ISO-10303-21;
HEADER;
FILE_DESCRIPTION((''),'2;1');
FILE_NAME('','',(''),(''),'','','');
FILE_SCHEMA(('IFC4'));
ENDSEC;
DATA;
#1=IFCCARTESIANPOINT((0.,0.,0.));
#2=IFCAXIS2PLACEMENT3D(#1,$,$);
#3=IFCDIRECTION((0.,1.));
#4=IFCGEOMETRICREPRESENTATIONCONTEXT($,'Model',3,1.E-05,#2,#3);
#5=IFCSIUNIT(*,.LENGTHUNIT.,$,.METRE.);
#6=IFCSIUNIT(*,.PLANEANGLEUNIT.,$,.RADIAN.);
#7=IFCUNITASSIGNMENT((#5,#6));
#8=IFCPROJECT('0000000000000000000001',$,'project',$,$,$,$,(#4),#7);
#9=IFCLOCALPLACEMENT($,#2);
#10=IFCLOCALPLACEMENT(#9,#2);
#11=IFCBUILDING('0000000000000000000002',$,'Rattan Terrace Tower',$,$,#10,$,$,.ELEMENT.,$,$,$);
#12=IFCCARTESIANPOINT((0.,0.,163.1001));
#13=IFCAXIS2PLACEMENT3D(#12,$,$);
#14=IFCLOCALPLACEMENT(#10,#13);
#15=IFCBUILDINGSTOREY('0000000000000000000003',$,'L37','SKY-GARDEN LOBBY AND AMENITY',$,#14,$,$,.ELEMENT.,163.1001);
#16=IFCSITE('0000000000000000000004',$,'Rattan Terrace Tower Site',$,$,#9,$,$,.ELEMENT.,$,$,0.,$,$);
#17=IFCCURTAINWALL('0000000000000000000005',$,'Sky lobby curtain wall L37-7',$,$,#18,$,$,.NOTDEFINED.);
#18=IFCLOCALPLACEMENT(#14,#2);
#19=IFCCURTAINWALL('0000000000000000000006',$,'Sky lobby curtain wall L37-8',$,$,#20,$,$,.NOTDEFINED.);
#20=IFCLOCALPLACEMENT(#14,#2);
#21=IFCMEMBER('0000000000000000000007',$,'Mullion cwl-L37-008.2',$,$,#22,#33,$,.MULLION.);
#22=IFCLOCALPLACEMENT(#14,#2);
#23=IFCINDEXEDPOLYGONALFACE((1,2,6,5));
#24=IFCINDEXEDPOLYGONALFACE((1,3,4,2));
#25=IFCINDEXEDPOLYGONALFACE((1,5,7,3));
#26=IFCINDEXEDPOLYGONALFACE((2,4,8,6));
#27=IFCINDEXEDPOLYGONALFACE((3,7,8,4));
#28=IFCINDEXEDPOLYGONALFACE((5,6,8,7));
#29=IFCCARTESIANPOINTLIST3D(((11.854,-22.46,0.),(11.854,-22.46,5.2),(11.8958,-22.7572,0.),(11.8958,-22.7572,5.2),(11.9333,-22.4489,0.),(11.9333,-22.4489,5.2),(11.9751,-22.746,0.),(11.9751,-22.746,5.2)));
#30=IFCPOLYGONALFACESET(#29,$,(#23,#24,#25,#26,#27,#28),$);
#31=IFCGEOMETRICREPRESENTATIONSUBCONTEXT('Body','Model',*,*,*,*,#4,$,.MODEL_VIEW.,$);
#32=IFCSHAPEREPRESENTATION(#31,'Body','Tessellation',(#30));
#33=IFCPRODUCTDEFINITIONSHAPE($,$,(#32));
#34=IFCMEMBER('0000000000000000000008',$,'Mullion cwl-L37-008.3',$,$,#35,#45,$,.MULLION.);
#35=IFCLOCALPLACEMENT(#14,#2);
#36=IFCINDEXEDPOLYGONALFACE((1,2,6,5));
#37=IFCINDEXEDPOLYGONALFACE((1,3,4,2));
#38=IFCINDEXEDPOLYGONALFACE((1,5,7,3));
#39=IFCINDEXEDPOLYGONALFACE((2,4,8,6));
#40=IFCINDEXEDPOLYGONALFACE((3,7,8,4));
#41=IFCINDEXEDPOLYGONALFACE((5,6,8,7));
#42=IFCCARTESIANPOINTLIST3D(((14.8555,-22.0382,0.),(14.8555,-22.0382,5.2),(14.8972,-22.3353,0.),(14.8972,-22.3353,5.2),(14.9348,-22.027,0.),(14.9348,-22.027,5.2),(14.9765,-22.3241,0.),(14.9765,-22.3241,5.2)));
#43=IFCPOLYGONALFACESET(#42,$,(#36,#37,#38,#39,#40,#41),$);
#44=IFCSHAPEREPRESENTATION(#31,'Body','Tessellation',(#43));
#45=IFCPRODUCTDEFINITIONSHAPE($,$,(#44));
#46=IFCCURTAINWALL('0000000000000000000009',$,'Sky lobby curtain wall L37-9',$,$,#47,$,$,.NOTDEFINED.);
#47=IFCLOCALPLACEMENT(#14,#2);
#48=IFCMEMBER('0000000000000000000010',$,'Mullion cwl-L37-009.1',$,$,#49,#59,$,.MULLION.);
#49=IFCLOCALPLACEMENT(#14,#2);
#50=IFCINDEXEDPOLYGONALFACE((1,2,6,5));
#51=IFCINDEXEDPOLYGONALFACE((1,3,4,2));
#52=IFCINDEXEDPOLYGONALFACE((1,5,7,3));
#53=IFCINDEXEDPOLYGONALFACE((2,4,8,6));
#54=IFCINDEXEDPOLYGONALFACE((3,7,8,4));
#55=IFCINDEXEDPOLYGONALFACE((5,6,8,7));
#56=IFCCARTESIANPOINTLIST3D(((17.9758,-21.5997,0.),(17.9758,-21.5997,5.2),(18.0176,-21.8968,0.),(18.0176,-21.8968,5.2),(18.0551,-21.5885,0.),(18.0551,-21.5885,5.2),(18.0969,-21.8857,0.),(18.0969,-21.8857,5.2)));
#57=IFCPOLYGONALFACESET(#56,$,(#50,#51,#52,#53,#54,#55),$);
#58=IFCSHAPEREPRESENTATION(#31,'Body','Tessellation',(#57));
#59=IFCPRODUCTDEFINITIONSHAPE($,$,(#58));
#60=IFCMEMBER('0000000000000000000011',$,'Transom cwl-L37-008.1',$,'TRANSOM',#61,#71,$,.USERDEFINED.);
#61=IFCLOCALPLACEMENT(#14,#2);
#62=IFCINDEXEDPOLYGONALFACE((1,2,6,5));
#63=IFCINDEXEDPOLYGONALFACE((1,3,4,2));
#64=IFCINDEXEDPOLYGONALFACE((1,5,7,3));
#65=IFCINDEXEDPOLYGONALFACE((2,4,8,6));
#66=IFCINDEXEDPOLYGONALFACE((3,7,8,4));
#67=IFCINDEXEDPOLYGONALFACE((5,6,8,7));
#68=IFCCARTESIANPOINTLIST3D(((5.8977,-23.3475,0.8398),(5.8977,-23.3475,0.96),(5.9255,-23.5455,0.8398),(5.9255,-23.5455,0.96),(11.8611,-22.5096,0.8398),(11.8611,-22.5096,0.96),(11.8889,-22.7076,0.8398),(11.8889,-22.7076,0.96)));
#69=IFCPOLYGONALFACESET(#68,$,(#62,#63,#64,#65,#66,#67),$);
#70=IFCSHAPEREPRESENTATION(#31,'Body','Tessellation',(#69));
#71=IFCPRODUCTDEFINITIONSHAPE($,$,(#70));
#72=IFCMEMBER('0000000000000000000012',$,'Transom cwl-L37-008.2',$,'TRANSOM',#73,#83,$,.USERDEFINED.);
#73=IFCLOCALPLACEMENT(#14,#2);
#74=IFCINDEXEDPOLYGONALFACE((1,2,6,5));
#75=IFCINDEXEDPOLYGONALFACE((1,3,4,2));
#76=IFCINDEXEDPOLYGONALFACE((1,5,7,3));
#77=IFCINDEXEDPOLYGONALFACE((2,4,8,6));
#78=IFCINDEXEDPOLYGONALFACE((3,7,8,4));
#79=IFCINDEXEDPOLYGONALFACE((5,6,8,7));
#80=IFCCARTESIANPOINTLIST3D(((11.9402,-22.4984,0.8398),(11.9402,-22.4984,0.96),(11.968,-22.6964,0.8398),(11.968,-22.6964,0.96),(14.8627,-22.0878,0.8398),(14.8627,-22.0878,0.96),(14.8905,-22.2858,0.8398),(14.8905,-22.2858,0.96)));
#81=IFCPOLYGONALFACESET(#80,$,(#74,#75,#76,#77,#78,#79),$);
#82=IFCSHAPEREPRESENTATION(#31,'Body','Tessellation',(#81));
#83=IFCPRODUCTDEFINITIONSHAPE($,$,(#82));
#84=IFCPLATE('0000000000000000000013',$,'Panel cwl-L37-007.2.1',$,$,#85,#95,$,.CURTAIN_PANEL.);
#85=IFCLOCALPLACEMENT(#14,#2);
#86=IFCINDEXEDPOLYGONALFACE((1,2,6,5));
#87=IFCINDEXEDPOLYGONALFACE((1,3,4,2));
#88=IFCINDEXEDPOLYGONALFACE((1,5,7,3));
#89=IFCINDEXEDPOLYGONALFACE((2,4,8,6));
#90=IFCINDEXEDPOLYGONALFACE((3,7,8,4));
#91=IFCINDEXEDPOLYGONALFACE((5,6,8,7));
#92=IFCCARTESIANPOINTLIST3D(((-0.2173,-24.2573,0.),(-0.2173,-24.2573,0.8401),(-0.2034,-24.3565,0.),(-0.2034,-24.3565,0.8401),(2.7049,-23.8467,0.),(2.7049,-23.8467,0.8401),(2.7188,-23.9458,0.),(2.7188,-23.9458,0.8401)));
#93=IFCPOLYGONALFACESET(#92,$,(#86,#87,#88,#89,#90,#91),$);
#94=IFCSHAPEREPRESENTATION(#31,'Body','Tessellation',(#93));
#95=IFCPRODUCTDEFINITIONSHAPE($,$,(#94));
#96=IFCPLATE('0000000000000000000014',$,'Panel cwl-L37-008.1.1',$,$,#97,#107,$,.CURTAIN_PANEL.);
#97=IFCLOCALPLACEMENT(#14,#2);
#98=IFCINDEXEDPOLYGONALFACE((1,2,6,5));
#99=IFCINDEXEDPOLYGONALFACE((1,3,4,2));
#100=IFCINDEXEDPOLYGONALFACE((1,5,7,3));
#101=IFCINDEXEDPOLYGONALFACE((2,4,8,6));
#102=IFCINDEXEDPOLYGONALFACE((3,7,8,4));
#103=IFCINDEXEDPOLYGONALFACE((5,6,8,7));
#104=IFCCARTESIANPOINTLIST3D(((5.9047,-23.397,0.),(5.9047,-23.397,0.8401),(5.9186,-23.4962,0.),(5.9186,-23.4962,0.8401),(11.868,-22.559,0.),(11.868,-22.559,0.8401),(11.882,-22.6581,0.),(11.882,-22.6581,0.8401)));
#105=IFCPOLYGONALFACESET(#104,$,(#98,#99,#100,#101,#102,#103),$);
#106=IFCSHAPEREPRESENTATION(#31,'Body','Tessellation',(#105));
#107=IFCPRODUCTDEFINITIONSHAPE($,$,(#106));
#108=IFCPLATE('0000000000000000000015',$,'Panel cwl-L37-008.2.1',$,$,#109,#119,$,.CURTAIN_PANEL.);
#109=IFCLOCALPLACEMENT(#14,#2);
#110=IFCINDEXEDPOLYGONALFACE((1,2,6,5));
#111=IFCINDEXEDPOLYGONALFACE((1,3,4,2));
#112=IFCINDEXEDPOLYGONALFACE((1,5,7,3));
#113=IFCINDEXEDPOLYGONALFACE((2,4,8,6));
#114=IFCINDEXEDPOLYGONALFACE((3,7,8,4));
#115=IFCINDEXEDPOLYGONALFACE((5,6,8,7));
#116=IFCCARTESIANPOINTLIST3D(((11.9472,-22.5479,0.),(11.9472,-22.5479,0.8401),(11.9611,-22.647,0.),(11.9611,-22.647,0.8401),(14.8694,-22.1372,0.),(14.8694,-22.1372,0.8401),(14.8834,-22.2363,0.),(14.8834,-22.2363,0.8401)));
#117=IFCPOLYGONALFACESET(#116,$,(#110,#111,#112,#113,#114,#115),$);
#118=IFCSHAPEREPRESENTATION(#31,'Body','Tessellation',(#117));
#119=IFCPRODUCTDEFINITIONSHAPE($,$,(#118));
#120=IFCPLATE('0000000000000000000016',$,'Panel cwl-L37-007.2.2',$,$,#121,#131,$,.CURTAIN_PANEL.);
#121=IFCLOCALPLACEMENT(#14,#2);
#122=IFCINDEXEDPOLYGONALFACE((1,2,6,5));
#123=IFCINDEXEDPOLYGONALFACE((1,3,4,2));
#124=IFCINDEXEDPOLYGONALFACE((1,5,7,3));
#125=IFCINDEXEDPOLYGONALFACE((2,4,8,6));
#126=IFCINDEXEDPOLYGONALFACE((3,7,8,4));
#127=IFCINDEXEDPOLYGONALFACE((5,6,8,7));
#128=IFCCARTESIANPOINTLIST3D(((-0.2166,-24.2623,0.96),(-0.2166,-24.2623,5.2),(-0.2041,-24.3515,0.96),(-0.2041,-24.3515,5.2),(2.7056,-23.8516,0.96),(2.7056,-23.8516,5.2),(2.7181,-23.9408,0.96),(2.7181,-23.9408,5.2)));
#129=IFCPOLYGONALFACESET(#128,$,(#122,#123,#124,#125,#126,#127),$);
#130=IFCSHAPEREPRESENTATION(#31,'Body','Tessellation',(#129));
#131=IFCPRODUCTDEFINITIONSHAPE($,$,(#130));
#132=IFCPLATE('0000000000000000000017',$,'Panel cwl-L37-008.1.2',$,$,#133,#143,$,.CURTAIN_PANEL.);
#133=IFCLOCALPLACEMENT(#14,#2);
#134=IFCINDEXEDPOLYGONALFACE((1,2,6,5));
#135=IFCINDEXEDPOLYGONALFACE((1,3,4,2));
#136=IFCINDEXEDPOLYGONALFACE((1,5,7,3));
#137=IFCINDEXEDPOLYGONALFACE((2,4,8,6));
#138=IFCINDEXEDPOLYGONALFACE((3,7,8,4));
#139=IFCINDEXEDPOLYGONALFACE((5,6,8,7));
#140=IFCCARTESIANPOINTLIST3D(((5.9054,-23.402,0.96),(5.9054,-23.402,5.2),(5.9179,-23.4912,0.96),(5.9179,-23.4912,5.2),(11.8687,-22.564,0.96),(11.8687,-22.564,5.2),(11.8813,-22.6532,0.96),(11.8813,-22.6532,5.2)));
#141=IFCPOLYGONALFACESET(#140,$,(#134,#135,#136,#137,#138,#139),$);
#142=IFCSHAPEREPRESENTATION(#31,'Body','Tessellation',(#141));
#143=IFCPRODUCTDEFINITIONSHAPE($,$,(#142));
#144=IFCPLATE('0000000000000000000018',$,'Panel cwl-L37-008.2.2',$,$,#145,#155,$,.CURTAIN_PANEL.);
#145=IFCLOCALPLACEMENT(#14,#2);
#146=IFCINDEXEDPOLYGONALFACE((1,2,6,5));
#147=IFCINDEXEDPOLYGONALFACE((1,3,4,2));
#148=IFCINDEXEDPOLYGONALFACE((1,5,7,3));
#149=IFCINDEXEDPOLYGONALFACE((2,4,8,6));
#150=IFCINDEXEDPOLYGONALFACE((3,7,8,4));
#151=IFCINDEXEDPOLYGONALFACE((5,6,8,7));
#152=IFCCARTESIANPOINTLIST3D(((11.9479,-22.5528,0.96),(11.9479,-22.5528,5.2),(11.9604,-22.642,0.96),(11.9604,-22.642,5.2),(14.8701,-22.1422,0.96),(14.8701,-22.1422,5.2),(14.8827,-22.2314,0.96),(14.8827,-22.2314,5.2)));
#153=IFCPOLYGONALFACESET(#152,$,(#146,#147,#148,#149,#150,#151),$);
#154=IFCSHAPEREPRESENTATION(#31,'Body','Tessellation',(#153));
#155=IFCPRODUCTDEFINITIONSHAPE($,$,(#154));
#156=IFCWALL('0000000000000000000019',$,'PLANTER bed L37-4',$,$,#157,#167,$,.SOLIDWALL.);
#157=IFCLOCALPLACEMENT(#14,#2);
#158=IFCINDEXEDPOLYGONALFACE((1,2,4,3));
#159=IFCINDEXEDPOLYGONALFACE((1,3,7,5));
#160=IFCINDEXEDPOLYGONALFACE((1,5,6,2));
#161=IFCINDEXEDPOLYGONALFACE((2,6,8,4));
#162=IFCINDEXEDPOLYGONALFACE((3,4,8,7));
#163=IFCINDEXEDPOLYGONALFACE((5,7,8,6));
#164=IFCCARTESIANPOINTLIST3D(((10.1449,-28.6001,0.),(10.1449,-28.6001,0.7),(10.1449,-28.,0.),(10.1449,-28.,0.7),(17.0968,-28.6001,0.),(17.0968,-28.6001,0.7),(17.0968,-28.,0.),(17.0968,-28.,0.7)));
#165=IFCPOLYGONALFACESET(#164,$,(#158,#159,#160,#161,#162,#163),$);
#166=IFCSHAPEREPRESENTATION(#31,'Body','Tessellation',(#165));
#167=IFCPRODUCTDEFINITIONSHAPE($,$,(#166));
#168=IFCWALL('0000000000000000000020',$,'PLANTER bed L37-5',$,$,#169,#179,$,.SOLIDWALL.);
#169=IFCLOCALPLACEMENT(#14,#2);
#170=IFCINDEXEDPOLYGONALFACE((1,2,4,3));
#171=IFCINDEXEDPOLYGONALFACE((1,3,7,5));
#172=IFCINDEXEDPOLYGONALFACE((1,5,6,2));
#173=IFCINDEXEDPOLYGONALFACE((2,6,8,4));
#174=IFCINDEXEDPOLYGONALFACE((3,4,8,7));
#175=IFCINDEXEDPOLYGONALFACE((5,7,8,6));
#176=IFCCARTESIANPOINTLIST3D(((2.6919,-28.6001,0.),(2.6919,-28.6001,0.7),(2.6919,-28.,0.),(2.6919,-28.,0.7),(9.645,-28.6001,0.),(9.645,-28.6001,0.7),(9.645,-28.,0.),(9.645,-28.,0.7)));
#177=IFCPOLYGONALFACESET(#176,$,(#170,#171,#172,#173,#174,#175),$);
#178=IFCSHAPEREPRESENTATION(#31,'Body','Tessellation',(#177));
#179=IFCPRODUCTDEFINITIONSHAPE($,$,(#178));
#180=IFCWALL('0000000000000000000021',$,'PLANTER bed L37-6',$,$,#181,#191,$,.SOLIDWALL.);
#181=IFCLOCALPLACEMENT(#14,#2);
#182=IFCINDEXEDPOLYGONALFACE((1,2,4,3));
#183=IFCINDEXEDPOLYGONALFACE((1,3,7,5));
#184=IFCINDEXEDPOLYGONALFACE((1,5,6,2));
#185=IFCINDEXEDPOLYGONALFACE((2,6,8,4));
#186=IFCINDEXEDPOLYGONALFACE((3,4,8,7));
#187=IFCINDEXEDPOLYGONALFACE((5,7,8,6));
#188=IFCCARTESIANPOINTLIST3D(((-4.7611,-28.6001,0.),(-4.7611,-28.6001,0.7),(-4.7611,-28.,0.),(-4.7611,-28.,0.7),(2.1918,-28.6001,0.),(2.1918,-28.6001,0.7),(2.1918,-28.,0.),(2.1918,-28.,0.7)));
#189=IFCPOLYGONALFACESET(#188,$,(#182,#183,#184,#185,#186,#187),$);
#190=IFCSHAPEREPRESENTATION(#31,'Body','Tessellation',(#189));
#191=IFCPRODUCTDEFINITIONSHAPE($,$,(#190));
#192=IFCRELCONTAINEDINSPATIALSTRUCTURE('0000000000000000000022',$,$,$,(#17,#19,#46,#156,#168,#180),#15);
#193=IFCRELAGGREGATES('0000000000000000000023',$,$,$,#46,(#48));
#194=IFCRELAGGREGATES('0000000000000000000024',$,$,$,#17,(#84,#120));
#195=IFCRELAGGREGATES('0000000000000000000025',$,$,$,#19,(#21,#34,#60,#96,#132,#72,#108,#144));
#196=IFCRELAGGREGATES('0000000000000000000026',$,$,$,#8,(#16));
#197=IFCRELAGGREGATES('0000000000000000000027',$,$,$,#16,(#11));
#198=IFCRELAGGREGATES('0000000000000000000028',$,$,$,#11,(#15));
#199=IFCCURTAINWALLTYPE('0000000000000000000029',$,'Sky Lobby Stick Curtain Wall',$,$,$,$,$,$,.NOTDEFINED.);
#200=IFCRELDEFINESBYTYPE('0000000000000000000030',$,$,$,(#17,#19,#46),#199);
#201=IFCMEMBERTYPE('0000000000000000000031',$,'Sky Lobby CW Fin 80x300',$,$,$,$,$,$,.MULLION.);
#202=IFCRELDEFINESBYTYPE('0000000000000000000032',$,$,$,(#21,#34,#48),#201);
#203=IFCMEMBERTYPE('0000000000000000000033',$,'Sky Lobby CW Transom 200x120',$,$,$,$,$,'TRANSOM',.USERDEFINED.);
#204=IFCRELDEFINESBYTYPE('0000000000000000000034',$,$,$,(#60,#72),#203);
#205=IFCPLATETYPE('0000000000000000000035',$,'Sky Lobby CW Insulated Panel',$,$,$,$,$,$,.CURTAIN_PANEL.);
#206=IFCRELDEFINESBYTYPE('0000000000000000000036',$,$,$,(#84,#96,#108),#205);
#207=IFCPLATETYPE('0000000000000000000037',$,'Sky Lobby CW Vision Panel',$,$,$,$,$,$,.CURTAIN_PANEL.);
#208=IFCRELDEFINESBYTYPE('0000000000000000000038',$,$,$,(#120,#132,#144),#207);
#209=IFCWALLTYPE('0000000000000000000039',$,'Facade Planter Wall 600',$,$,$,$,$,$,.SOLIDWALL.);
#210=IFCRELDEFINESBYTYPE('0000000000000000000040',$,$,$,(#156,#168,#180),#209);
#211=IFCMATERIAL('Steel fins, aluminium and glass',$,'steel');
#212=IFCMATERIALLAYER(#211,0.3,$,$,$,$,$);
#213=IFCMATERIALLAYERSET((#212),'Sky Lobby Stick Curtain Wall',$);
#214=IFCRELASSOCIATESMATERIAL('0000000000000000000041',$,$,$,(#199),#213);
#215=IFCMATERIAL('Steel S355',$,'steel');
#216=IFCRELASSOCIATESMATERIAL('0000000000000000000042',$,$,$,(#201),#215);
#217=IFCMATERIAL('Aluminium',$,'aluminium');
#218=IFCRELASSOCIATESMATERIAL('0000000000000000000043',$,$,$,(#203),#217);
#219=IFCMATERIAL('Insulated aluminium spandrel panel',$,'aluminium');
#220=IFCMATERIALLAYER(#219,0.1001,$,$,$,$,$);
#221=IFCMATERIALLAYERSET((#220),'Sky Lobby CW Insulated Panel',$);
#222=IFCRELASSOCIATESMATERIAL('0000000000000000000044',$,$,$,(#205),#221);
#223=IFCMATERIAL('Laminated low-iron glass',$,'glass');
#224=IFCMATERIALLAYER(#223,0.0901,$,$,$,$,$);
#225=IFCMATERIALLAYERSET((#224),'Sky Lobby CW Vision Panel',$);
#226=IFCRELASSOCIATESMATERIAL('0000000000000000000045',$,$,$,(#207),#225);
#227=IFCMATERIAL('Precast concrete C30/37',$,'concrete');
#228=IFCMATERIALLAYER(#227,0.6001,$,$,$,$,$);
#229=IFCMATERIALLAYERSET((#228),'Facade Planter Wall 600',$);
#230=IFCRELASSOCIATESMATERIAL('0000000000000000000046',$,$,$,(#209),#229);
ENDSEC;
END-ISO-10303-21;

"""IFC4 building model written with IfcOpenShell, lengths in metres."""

from ifc_helpers import new_model, si_unit, direction, frame, frame_2d, origin, origin_2d, place, context, subcontext, project, spatial, rectangle, extrude, material, layer, layer_set, material_profile, profile_set, type_object, element, aggregate, save


model = new_model("IFC4")

# Units and contexts
model_context = context("Model", 3, precision=1e-05, world=origin(), true_north=direction((0.0, 1.0)))
body_context = subcontext(model_context, "Body", "Model", "MODEL_VIEW")
ifc_project = project(units=[si_unit("LENGTHUNIT", "METRE"), si_unit("PLANEANGLEUNIT", "RADIAN")], contexts=[model_context])

# Site, building, storey
site_placement = place(None, origin())
site = spatial("IfcSite", under=ifc_project, at=site_placement, Name="Rattan Terrace Tower Site", CompositionType="ELEMENT", RefElevation=0.0)
building_placement = place(site_placement, origin())
building = spatial("IfcBuilding", under=site, at=building_placement, Name="Rattan Terrace Tower", CompositionType="ELEMENT")
storey_placement = place(building_placement, frame((0.0, 0.0, 163.1001)))
storey = spatial("IfcBuildingStorey", under=building, at=storey_placement, Name="L37", Description="SKY-GARDEN LOBBY AND AMENITY", CompositionType="ELEMENT", Elevation=163.1001)

# Curtain wall
ifc_material_1 = material(Name="Steel fins, aluminium and glass", Category="steel")
ifc_layer_1 = layer(ifc_material_1, 0.3)
ifc_layer_set_1 = layer_set([ifc_layer_1], Name="Sky Lobby Stick Curtain Wall")
curtain_wall_type = type_object("IfcCurtainWallType", Name="Sky Lobby Stick Curtain Wall", PredefinedType="NOTDEFINED", material=ifc_layer_set_1)
curtain_wall_1_placement = place(storey_placement, origin())
curtain_wall_1 = element("IfcCurtainWall", 1, at=curtain_wall_1_placement, inside=storey, type_object=curtain_wall_type, Name="Sky lobby curtain wall L37-7", PredefinedType="NOTDEFINED")
ifc_material_2 = material(Name="Steel S355", Category="steel")
ifc_material_profile_1 = material_profile(ifc_material_2, rectangle(XDim=0.0801, YDim=0.3, at=origin_2d()), Name="Steel S355 80x300")
ifc_profile_set_1 = profile_set([ifc_material_profile_1], Name="Steel S355")
member_type_1 = type_object("IfcMemberType", Name="Sky Lobby CW Fin 80x300", PredefinedType="MULLION", material=ifc_profile_set_1)

# Curtain wall, members
curtain_wall_2_placement = place(storey_placement, origin())
curtain_wall_2 = element("IfcCurtainWall", 2, at=curtain_wall_2_placement, inside=storey, type_object=curtain_wall_type, Name="Sky lobby curtain wall L37-8", PredefinedType="NOTDEFINED")
member_1_placement = place(storey_placement, frame((11.9146, -22.603, 0.0), z_axis=(0.0, 0.0, 1.0), x_axis=(0.99027, 0.139161, 0.0)))
member_1 = element("IfcMember", 3, at=member_1_placement, type_object=member_type_1, Name="Mullion cwl-L37-008.2", PredefinedType="MULLION", context=body_context, shape_type="SweptSolid", body=[
    extrude(rectangle(XDim=0.0801, YDim=0.3, at=origin_2d()), origin(), (0.0, 0.0, 1.0), 5.2),
])
member_2_placement = place(storey_placement, frame((14.916, -22.1812, 0.0), z_axis=(0.0, 0.0, 1.0), x_axis=(0.99027, 0.139161, 0.0)))
member_2 = element("IfcMember", 4, at=member_2_placement, type_object=member_type_1, Name="Mullion cwl-L37-008.3", PredefinedType="MULLION", context=body_context, shape_type="SweptSolid", body=[
    extrude(rectangle(XDim=0.0801, YDim=0.3, at=origin_2d()), origin(), (0.0, 0.0, 1.0), 5.2),
])

# Curtain wall, member
curtain_wall_3_placement = place(storey_placement, origin())
curtain_wall_3 = element("IfcCurtainWall", 5, at=curtain_wall_3_placement, inside=storey, type_object=curtain_wall_type, Name="Sky lobby curtain wall L37-9", PredefinedType="NOTDEFINED")
member_3_placement = place(storey_placement, frame((18.0364, -21.7427, 0.0), z_axis=(0.0, 0.0, 1.0), x_axis=(0.99027, 0.139161, 0.0)))
member_3 = element("IfcMember", 6, at=member_3_placement, type_object=member_type_1, Name="Mullion cwl-L37-009.1", PredefinedType="MULLION", context=body_context, shape_type="SweptSolid", body=[
    extrude(rectangle(XDim=0.0801, YDim=0.3, at=origin_2d()), origin(), (0.0, 0.0, 1.0), 5.2),
])
aggregate(curtain_wall_3, [member_3])

# Members
ifc_material_3 = material(Name="Aluminium", Category="aluminium")
ifc_material_profile_2 = material_profile(ifc_material_3, rectangle(XDim=0.2, YDim=0.1201, at=origin_2d()), Name="Aluminium 200x120")
ifc_profile_set_2 = profile_set([ifc_material_profile_2], Name="Aluminium")
member_type_2 = type_object("IfcMemberType", Name="Sky Lobby CW Transom 200x120", ElementType="TRANSOM", PredefinedType="USERDEFINED", material=ifc_profile_set_2)
member_4_placement = place(storey_placement, frame((5.9116, -23.4465, 0.8999), z_axis=(0.990273, 0.139139, 0.0), x_axis=(-0.139139, 0.990273, 0.0)))
member_4 = element("IfcMember", 7, at=member_4_placement, type_object=member_type_2, Name="Transom cwl-L37-008.1", ObjectType="TRANSOM", PredefinedType="USERDEFINED", context=body_context, shape_type="SweptSolid", body=[
    extrude(rectangle(XDim=0.2, YDim=0.1201, at=origin_2d()), origin(), (0.0, 0.0, 1.0), 6.022),
])
member_5_placement = place(storey_placement, frame((11.9541, -22.5974, 0.8999), z_axis=(0.990271, 0.139151, 0.0), x_axis=(-0.139151, 0.990271, 0.0)))
member_5 = element("IfcMember", 8, at=member_5_placement, type_object=member_type_2, Name="Transom cwl-L37-008.2", ObjectType="TRANSOM", PredefinedType="USERDEFINED", context=body_context, shape_type="SweptSolid", body=[
    extrude(rectangle(XDim=0.2, YDim=0.1201, at=origin_2d()), origin(), (0.0, 0.0, 1.0), 2.9512),
])

# Plates
ifc_material_4 = material(Name="Insulated aluminium spandrel panel", Category="aluminium")
ifc_layer_2 = layer(ifc_material_4, 0.1001)
ifc_layer_set_2 = layer_set([ifc_layer_2], Name="Sky Lobby CW Insulated Panel")
plate_type_1 = type_object("IfcPlateType", Name="Sky Lobby CW Insulated Panel", PredefinedType="CURTAIN_PANEL", material=ifc_layer_set_2)
plate_1_placement = place(storey_placement, frame((1.2507, -24.1016, 0.0), z_axis=(0.0, 0.0, 1.0), x_axis=(0.99027, 0.139161, 0.0)))
plate_1 = element("IfcPlate", 9, at=plate_1_placement, type_object=plate_type_1, Name="Panel cwl-L37-007.2.1", PredefinedType="CURTAIN_PANEL", context=body_context, shape_type="SweptSolid", body=[
    extrude(rectangle(XDim=2.9509, YDim=0.1001, at=origin_2d()), origin(), (0.0, 0.0, 1.0), 0.8401),
])
plate_2_placement = place(storey_placement, frame((8.8933, -23.0276, 0.0), z_axis=(0.0, 0.0, 1.0), x_axis=(0.99027, 0.139161, 0.0)))
plate_2 = element("IfcPlate", 10, at=plate_2_placement, type_object=plate_type_1, Name="Panel cwl-L37-008.1.1", PredefinedType="CURTAIN_PANEL", context=body_context, shape_type="SweptSolid", body=[
    extrude(rectangle(XDim=6.022, YDim=0.1001, at=origin_2d()), origin(), (0.0, 0.0, 1.0), 0.8401),
])
plate_3_placement = place(storey_placement, frame((13.4153, -22.3921, 0.0), z_axis=(0.0, 0.0, 1.0), x_axis=(0.99027, 0.139161, 0.0)))
plate_3 = element("IfcPlate", 11, at=plate_3_placement, type_object=plate_type_1, Name="Panel cwl-L37-008.2.1", PredefinedType="CURTAIN_PANEL", context=body_context, shape_type="SweptSolid", body=[
    extrude(rectangle(XDim=2.9509, YDim=0.1001, at=origin_2d()), origin(), (0.0, 0.0, 1.0), 0.8401),
])
ifc_material_5 = material(Name="Laminated low-iron glass", Category="glass")
ifc_layer_3 = layer(ifc_material_5, 0.0901)
ifc_layer_set_3 = layer_set([ifc_layer_3], Name="Sky Lobby CW Vision Panel")
plate_type_2 = type_object("IfcPlateType", Name="Sky Lobby CW Vision Panel", PredefinedType="CURTAIN_PANEL", material=ifc_layer_set_3)
plate_4_placement = place(storey_placement, frame((1.2507, -24.1016, 0.96), z_axis=(0.0, 0.0, 1.0), x_axis=(0.99027, 0.139161, 0.0)))
plate_4 = element("IfcPlate", 12, at=plate_4_placement, type_object=plate_type_2, Name="Panel cwl-L37-007.2.2", PredefinedType="CURTAIN_PANEL", context=body_context, shape_type="SweptSolid", body=[
    extrude(rectangle(XDim=2.9509, YDim=0.0901, at=origin_2d()), origin(), (0.0, 0.0, 1.0), 4.24),
])
aggregate(curtain_wall_1, [plate_1, plate_4])
plate_5_placement = place(storey_placement, frame((8.8933, -23.0276, 0.96), z_axis=(0.0, 0.0, 1.0), x_axis=(0.99027, 0.139161, 0.0)))
plate_5 = element("IfcPlate", 13, at=plate_5_placement, type_object=plate_type_2, Name="Panel cwl-L37-008.1.2", PredefinedType="CURTAIN_PANEL", context=body_context, shape_type="SweptSolid", body=[
    extrude(rectangle(XDim=6.022, YDim=0.0901, at=origin_2d()), origin(), (0.0, 0.0, 1.0), 4.24),
])
plate_6_placement = place(storey_placement, frame((13.4153, -22.3921, 0.96), z_axis=(0.0, 0.0, 1.0), x_axis=(0.99027, 0.139161, 0.0)))
plate_6 = element("IfcPlate", 14, at=plate_6_placement, type_object=plate_type_2, Name="Panel cwl-L37-008.2.2", PredefinedType="CURTAIN_PANEL", context=body_context, shape_type="SweptSolid", body=[
    extrude(rectangle(XDim=2.9509, YDim=0.0901, at=origin_2d()), origin(), (0.0, 0.0, 1.0), 4.24),
])
aggregate(curtain_wall_2, [member_1, member_2, member_4, plate_2, plate_5, member_5, plate_3, plate_6])

# Walls
ifc_material_6 = material(Name="Precast concrete C30/37", Category="concrete")
ifc_layer_4 = layer(ifc_material_6, 0.6001)
ifc_layer_set_4 = layer_set([ifc_layer_4], Name="Facade Planter Wall 600")
wall_type_1 = type_object("IfcWallType", Name="Facade Planter Wall 600", PredefinedType="SOLIDWALL", material=ifc_layer_set_4)
wall_1_placement = place(storey_placement, frame((17.0969, -28.3, 0.0), z_axis=(0.0, 0.0, 1.0), x_axis=(-1.0, 0.0, 0.0)))
element("IfcWall", 15, at=wall_1_placement, inside=storey, type_object=wall_type_1, Name="PLANTER bed L37-4", PredefinedType="SOLIDWALL", context=body_context, shape_type="SweptSolid", body=[
    extrude(rectangle(XDim=6.9519, YDim=0.6001, at=frame_2d((3.4761, 0.0))), origin(), (0.0, 0.0, 1.0), 0.7),
])
wall_2_placement = place(storey_placement, frame((9.645, -28.3, 0.0), z_axis=(0.0, 0.0, 1.0), x_axis=(-1.0, 0.0, 0.0)))
element("IfcWall", 16, at=wall_2_placement, inside=storey, type_object=wall_type_1, Name="PLANTER bed L37-5", PredefinedType="SOLIDWALL", context=body_context, shape_type="SweptSolid", body=[
    extrude(rectangle(XDim=6.9531, YDim=0.6001, at=frame_2d((3.4766, 0.0))), origin(), (0.0, 0.0, 1.0), 0.7),
])
wall_3_placement = place(storey_placement, frame((2.1919, -28.3, 0.0), z_axis=(0.0, 0.0, 1.0), x_axis=(-1.0, 0.0, 0.0)))
element("IfcWall", 17, at=wall_3_placement, inside=storey, type_object=wall_type_1, Name="PLANTER bed L37-6", PredefinedType="SOLIDWALL", context=body_context, shape_type="SweptSolid", body=[
    extrude(rectangle(XDim=6.9529, YDim=0.6001, at=frame_2d((3.4766, 0.0))), origin(), (0.0, 0.0, 1.0), 0.7),
])

save(model, "model.ifc")
